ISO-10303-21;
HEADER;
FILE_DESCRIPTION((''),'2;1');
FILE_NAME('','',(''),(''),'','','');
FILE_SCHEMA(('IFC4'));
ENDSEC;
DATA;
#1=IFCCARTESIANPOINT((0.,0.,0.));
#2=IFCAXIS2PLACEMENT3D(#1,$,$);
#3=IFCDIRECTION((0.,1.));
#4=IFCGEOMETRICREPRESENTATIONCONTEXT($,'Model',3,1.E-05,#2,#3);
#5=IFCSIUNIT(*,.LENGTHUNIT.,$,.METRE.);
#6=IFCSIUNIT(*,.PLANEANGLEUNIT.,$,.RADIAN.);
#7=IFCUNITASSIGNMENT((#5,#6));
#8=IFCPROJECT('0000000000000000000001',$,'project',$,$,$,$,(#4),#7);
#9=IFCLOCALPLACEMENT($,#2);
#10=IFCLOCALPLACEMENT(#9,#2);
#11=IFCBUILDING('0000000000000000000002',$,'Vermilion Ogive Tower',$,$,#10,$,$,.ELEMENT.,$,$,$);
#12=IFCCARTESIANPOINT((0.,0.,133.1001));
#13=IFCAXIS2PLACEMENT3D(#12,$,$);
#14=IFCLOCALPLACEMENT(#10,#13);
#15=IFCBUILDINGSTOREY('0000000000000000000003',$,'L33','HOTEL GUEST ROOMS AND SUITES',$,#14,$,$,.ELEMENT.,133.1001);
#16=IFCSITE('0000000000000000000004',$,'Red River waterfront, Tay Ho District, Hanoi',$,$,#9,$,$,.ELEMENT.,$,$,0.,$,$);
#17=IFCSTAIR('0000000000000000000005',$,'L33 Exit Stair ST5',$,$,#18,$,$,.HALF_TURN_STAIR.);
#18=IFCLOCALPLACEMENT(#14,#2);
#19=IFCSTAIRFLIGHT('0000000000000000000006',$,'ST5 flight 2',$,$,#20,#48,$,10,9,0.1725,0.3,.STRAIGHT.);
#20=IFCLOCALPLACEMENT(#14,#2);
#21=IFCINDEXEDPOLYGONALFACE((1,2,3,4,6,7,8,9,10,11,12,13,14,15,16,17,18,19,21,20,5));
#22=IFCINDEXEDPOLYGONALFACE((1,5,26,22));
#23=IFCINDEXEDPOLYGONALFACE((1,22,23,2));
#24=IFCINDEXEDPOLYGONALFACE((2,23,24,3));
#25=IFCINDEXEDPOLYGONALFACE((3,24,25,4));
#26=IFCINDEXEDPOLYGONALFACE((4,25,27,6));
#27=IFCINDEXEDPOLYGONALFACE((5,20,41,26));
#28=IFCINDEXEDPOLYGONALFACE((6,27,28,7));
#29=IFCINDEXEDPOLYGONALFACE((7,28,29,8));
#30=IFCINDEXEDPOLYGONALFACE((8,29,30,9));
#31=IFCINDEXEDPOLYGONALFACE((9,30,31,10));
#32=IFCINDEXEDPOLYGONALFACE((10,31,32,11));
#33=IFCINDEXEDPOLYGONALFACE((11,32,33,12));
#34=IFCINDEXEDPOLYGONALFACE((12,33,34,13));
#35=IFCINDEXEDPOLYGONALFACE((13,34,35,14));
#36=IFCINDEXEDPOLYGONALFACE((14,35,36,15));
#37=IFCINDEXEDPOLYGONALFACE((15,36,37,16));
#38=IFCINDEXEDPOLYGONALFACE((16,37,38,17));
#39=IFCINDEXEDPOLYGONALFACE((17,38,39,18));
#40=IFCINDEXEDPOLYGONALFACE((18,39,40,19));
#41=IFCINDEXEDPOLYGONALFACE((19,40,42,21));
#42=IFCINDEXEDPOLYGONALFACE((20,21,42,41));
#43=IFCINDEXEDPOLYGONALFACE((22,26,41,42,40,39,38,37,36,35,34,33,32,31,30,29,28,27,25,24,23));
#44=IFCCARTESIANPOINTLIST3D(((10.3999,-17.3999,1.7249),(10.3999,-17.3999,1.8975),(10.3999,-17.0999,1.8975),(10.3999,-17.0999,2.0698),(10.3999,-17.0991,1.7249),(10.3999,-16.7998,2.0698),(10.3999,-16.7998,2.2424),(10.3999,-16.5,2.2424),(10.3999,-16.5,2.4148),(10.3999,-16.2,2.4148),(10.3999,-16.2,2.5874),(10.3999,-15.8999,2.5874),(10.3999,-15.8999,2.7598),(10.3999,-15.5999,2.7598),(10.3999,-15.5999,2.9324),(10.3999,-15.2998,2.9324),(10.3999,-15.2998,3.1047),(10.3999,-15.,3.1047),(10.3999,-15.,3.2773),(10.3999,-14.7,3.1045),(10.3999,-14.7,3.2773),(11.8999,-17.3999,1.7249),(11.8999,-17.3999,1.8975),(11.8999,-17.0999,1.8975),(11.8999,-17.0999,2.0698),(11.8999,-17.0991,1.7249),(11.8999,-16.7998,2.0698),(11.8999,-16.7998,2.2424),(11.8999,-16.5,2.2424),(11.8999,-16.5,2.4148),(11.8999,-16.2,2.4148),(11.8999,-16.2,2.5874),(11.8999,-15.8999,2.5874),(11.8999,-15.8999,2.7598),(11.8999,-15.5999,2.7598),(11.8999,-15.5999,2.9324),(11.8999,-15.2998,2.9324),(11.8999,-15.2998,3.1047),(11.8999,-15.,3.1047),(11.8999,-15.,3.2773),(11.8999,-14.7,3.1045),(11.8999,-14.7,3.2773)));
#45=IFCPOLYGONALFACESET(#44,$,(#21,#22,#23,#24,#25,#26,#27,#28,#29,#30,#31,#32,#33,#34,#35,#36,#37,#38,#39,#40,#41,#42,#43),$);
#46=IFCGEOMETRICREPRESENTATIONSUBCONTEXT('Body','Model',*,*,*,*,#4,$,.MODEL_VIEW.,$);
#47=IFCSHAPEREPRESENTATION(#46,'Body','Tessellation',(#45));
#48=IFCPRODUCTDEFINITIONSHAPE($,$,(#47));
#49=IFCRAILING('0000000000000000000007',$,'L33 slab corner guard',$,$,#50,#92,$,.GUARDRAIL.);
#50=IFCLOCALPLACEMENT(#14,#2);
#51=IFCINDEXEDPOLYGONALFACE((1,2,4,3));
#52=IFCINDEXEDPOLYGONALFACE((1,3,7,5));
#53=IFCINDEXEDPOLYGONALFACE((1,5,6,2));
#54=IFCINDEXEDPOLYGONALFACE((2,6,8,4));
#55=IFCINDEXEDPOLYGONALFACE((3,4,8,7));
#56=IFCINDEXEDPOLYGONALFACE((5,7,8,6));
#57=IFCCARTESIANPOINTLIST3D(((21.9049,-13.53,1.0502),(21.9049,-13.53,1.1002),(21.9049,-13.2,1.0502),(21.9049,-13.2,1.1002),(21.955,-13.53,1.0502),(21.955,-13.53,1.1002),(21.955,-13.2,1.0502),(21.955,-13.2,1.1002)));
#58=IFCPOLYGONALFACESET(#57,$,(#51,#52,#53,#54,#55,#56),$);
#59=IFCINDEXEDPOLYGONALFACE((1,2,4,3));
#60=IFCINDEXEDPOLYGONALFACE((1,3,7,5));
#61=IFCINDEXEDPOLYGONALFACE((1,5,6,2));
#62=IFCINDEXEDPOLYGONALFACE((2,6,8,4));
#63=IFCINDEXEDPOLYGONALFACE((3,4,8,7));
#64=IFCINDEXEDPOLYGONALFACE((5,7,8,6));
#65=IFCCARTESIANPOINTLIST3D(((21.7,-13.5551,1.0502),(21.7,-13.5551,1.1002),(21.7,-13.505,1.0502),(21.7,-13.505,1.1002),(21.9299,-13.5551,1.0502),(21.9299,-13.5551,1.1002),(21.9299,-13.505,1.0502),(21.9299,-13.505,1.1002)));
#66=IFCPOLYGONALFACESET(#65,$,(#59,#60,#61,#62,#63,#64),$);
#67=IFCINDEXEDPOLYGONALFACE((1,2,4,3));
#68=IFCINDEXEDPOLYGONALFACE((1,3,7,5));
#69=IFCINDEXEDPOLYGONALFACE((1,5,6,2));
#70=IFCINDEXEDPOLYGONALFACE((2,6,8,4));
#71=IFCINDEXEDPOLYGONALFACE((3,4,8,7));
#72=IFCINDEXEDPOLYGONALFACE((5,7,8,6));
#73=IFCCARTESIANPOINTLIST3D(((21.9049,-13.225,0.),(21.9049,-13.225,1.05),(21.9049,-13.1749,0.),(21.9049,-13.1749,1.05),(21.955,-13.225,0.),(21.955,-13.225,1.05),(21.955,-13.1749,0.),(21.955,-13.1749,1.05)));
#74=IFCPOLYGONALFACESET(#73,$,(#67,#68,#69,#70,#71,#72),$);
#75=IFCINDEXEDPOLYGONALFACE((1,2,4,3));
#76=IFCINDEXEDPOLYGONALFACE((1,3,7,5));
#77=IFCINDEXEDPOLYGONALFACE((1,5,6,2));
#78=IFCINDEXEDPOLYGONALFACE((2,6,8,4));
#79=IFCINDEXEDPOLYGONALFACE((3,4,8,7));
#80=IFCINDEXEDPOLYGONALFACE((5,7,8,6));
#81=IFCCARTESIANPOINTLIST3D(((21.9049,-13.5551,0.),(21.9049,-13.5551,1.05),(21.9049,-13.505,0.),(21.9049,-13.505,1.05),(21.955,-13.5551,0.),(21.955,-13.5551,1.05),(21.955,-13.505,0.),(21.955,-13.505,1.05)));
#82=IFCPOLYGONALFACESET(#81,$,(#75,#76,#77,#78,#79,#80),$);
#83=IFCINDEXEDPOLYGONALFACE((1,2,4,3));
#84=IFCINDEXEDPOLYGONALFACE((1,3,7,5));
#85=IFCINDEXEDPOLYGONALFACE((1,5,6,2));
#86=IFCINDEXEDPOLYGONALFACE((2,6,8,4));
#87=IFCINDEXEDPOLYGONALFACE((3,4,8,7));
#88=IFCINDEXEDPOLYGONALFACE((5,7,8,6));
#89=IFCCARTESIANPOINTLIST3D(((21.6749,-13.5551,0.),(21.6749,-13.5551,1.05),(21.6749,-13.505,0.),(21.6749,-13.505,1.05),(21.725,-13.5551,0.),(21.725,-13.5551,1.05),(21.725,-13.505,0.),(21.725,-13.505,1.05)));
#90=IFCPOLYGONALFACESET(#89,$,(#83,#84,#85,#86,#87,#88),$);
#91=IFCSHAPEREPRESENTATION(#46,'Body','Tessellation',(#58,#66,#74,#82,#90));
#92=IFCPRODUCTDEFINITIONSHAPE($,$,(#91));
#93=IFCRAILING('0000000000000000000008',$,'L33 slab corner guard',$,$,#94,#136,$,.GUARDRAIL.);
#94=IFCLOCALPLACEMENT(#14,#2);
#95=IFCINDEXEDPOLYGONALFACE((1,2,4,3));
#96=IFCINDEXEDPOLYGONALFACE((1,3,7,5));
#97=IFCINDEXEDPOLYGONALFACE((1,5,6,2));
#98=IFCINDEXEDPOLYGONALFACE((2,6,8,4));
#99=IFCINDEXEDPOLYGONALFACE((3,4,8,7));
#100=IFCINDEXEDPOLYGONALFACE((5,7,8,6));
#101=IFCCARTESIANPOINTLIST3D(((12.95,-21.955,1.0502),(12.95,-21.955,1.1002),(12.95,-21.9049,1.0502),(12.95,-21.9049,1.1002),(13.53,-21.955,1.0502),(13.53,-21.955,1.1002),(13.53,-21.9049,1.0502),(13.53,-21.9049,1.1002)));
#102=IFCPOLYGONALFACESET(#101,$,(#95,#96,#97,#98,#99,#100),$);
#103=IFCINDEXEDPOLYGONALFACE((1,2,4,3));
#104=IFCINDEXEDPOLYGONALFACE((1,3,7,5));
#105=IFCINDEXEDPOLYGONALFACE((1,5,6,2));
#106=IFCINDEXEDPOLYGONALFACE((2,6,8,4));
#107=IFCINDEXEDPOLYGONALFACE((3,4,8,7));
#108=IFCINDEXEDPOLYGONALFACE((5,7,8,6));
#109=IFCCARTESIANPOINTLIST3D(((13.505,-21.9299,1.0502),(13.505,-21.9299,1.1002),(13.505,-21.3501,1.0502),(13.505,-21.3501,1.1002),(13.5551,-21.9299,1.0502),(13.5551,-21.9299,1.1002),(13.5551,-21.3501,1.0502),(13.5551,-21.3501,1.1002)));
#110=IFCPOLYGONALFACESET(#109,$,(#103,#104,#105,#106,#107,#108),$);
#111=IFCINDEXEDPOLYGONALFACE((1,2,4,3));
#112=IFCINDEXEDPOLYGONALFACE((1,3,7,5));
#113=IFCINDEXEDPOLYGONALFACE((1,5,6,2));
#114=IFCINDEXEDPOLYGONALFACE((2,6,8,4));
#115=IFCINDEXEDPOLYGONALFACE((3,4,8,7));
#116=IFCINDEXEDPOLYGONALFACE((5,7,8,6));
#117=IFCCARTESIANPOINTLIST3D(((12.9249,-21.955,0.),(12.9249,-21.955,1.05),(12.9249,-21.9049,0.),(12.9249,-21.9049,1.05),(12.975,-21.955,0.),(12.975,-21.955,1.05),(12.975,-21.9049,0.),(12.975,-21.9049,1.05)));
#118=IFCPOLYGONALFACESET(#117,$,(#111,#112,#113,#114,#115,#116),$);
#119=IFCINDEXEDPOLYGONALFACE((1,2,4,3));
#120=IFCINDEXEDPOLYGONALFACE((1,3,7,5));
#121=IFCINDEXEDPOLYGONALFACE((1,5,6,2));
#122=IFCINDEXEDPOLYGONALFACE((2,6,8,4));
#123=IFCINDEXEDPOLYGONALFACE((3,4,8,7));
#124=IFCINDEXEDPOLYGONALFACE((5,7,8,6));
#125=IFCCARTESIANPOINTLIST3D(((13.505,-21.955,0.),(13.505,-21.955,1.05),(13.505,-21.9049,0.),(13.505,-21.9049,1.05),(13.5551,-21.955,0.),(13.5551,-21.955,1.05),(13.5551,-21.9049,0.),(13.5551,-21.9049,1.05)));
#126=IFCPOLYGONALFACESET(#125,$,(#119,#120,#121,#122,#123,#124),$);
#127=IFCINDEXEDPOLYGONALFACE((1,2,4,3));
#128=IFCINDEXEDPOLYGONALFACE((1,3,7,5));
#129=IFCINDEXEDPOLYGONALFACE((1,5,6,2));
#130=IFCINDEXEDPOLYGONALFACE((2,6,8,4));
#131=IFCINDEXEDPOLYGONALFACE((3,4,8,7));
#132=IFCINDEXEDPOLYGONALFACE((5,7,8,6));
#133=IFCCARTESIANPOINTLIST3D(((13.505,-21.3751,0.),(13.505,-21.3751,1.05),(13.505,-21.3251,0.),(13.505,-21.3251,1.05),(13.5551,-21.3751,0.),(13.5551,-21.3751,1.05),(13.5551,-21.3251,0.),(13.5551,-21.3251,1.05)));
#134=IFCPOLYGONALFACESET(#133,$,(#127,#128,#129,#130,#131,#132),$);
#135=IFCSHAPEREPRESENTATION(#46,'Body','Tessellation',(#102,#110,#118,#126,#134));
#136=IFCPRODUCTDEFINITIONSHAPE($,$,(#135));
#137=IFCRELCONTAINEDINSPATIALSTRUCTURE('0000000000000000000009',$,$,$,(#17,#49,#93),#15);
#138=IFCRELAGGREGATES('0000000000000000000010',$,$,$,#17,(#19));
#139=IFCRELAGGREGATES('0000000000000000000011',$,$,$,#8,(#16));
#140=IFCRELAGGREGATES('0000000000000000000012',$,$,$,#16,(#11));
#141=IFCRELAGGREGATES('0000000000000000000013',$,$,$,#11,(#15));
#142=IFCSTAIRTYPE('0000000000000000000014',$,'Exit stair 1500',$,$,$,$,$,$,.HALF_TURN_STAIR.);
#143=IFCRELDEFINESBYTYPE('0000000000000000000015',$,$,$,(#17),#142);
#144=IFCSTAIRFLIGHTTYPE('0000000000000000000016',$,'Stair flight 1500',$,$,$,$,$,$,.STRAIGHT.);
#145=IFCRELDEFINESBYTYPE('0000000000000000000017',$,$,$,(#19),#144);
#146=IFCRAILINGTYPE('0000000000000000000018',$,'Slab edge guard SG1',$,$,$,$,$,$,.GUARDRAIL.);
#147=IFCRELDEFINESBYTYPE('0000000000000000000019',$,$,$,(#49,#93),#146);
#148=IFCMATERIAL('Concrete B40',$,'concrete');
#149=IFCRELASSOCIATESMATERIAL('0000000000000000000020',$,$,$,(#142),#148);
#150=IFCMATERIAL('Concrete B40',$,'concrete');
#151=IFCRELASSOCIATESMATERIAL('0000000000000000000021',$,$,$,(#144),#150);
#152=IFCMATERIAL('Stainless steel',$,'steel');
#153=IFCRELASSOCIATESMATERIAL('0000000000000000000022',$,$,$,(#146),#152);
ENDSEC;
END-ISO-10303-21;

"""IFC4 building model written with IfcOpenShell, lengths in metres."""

from ifc_helpers import new_model, si_unit, direction, frame, origin, origin_2d, place, context, subcontext, project, spatial, polyline, rectangle, outline, extrude, material, type_object, element, aggregate, save


model = new_model("IFC4")

# Units and contexts
model_context = context("Model", 3, precision=1e-05, world=origin(), true_north=direction((0.0, 1.0)))
body_context = subcontext(model_context, "Body", "Model", "MODEL_VIEW")
ifc_project = project(units=[si_unit("LENGTHUNIT", "METRE"), si_unit("PLANEANGLEUNIT", "RADIAN")], contexts=[model_context])

# Site, building, storey
site_placement = place(None, origin())
site = spatial("IfcSite", under=ifc_project, at=site_placement, Name="Red River waterfront, Tay Ho District, Hanoi", CompositionType="ELEMENT", RefElevation=0.0)
building_placement = place(site_placement, origin())
building = spatial("IfcBuilding", under=site, at=building_placement, Name="Vermilion Ogive Tower", CompositionType="ELEMENT")
storey_placement = place(building_placement, frame((0.0, 0.0, 133.1001)))
storey = spatial("IfcBuildingStorey", under=building, at=storey_placement, Name="L33", Description="HOTEL GUEST ROOMS AND SUITES", CompositionType="ELEMENT", Elevation=133.1001)

# Stair, stair flight
ifc_material_1 = material(Name="Concrete B40", Category="concrete")
stair_type = type_object("IfcStairType", Name="Exit stair 1500", PredefinedType="HALF_TURN_STAIR", material=ifc_material_1)
stair_placement = place(storey_placement, origin())
stair = element("IfcStair", 1, at=stair_placement, inside=storey, type_object=stair_type, Name="L33 Exit Stair ST5", PredefinedType="HALF_TURN_STAIR")
ifc_material_2 = material(Name="Concrete B40", Category="concrete")
stair_flight_type = type_object("IfcStairFlightType", Name="Stair flight 1500", PredefinedType="STRAIGHT", material=ifc_material_2)
stair_flight_1_placement = place(storey_placement, frame((11.1499, -17.3999, 1.7249), z_axis=(0.0, 0.0, 1.0), x_axis=(0.0, 1.0, 0.0)))
stair_flight_1 = element("IfcStairFlight", 2, at=stair_flight_1_placement, type_object=stair_flight_type, Name="ST5 flight 2", NumberOfRisers=10, NumberOfTreads=9, PredefinedType="STRAIGHT", RiserHeight=0.1725, TreadLength=0.3, context=body_context, shape_type="SweptSolid", body=[
    extrude(outline(polyline([(0.0, 0.0), (0.0, 0.1726), (0.3, 0.1726), (0.3, 0.345), (0.6001, 0.345), (0.6001, 0.5176), (0.8999, 0.5176), (0.8999, 0.6899), (1.2, 0.6899), (1.2, 0.8625), (1.5, 0.8625), (1.5, 1.0349), (1.8, 1.0349), (1.8, 1.2075), (2.1001, 1.2075), (2.1001, 1.3799), (2.3999, 1.3799), (2.3999, 1.5525), (2.7, 1.5525), (2.7, 1.7251), (2.7, 1.3796), (0.3008, 0.0), (0.0, 0.0)])), frame((0.0, 0.75, 0.0), z_axis=(0.0, -1.0, 0.0), x_axis=(1.0, 0.0, 0.0)), (0.0, 0.0, 1.0), 1.5),
])
aggregate(stair, [stair_flight_1])

# Railings
ifc_material_3 = material(Name="Stainless steel", Category="steel")
railing_type_1 = type_object("IfcRailingType", Name="Slab edge guard SG1", PredefinedType="GUARDRAIL", material=ifc_material_3)
railing_1_placement = place(storey_placement, frame((21.9299, -13.2, 0.0)))
element("IfcRailing", 3, at=railing_1_placement, inside=storey, type_object=railing_type_1, Name="L33 slab corner guard", PredefinedType="GUARDRAIL", context=body_context, shape_type="SweptSolid", body=[
    extrude(rectangle(XDim=0.05, YDim=0.05, at=origin_2d()), frame((0.0, 0.0, 1.0752), z_axis=(0.0, -1.0, 0.0), x_axis=(1.0, 0.0, 0.0)), (0.0, 0.0, 1.0), 0.3301),
    extrude(rectangle(XDim=0.05, YDim=0.05, at=origin_2d()), frame((0.0, -0.3301, 1.0752), z_axis=(-1.0, 0.0, 0.0), x_axis=(0.0, -1.0, 0.0)), (0.0, 0.0, 1.0), 0.23),
    extrude(rectangle(XDim=0.05, YDim=0.05, at=origin_2d()), origin(), (0.0, 0.0, 1.0), 1.05),
    extrude(rectangle(XDim=0.05, YDim=0.05, at=origin_2d()), frame((0.0, -0.3301, 0.0)), (0.0, 0.0, 1.0), 1.05),
    extrude(rectangle(XDim=0.05, YDim=0.05, at=origin_2d()), frame((-0.23, -0.3301, 0.0)), (0.0, 0.0, 1.0), 1.05),
])
railing_2_placement = place(storey_placement, frame((12.95, -21.9299, 0.0)))
element("IfcRailing", 4, at=railing_2_placement, inside=storey, type_object=railing_type_1, Name="L33 slab corner guard", PredefinedType="GUARDRAIL", context=body_context, shape_type="SweptSolid", body=[
    extrude(rectangle(XDim=0.05, YDim=0.05, at=origin_2d()), frame((0.0, 0.0, 1.0752), z_axis=(1.0, 0.0, 0.0), x_axis=(0.0, 1.0, 0.0)), (0.0, 0.0, 1.0), 0.5801),
    extrude(rectangle(XDim=0.05, YDim=0.05, at=origin_2d()), frame((0.5801, 0.0, 1.0752), z_axis=(0.0, 1.0, 0.0), x_axis=(-1.0, 0.0, 0.0)), (0.0, 0.0, 1.0), 0.5798),
    extrude(rectangle(XDim=0.05, YDim=0.05, at=origin_2d()), origin(), (0.0, 0.0, 1.0), 1.05),
    extrude(rectangle(XDim=0.05, YDim=0.05, at=origin_2d()), frame((0.5801, 0.0, 0.0)), (0.0, 0.0, 1.0), 1.05),
    extrude(rectangle(XDim=0.05, YDim=0.05, at=origin_2d()), frame((0.5801, 0.5798, 0.0)), (0.0, 0.0, 1.0), 1.05),
])

save(model, "model.ifc")
